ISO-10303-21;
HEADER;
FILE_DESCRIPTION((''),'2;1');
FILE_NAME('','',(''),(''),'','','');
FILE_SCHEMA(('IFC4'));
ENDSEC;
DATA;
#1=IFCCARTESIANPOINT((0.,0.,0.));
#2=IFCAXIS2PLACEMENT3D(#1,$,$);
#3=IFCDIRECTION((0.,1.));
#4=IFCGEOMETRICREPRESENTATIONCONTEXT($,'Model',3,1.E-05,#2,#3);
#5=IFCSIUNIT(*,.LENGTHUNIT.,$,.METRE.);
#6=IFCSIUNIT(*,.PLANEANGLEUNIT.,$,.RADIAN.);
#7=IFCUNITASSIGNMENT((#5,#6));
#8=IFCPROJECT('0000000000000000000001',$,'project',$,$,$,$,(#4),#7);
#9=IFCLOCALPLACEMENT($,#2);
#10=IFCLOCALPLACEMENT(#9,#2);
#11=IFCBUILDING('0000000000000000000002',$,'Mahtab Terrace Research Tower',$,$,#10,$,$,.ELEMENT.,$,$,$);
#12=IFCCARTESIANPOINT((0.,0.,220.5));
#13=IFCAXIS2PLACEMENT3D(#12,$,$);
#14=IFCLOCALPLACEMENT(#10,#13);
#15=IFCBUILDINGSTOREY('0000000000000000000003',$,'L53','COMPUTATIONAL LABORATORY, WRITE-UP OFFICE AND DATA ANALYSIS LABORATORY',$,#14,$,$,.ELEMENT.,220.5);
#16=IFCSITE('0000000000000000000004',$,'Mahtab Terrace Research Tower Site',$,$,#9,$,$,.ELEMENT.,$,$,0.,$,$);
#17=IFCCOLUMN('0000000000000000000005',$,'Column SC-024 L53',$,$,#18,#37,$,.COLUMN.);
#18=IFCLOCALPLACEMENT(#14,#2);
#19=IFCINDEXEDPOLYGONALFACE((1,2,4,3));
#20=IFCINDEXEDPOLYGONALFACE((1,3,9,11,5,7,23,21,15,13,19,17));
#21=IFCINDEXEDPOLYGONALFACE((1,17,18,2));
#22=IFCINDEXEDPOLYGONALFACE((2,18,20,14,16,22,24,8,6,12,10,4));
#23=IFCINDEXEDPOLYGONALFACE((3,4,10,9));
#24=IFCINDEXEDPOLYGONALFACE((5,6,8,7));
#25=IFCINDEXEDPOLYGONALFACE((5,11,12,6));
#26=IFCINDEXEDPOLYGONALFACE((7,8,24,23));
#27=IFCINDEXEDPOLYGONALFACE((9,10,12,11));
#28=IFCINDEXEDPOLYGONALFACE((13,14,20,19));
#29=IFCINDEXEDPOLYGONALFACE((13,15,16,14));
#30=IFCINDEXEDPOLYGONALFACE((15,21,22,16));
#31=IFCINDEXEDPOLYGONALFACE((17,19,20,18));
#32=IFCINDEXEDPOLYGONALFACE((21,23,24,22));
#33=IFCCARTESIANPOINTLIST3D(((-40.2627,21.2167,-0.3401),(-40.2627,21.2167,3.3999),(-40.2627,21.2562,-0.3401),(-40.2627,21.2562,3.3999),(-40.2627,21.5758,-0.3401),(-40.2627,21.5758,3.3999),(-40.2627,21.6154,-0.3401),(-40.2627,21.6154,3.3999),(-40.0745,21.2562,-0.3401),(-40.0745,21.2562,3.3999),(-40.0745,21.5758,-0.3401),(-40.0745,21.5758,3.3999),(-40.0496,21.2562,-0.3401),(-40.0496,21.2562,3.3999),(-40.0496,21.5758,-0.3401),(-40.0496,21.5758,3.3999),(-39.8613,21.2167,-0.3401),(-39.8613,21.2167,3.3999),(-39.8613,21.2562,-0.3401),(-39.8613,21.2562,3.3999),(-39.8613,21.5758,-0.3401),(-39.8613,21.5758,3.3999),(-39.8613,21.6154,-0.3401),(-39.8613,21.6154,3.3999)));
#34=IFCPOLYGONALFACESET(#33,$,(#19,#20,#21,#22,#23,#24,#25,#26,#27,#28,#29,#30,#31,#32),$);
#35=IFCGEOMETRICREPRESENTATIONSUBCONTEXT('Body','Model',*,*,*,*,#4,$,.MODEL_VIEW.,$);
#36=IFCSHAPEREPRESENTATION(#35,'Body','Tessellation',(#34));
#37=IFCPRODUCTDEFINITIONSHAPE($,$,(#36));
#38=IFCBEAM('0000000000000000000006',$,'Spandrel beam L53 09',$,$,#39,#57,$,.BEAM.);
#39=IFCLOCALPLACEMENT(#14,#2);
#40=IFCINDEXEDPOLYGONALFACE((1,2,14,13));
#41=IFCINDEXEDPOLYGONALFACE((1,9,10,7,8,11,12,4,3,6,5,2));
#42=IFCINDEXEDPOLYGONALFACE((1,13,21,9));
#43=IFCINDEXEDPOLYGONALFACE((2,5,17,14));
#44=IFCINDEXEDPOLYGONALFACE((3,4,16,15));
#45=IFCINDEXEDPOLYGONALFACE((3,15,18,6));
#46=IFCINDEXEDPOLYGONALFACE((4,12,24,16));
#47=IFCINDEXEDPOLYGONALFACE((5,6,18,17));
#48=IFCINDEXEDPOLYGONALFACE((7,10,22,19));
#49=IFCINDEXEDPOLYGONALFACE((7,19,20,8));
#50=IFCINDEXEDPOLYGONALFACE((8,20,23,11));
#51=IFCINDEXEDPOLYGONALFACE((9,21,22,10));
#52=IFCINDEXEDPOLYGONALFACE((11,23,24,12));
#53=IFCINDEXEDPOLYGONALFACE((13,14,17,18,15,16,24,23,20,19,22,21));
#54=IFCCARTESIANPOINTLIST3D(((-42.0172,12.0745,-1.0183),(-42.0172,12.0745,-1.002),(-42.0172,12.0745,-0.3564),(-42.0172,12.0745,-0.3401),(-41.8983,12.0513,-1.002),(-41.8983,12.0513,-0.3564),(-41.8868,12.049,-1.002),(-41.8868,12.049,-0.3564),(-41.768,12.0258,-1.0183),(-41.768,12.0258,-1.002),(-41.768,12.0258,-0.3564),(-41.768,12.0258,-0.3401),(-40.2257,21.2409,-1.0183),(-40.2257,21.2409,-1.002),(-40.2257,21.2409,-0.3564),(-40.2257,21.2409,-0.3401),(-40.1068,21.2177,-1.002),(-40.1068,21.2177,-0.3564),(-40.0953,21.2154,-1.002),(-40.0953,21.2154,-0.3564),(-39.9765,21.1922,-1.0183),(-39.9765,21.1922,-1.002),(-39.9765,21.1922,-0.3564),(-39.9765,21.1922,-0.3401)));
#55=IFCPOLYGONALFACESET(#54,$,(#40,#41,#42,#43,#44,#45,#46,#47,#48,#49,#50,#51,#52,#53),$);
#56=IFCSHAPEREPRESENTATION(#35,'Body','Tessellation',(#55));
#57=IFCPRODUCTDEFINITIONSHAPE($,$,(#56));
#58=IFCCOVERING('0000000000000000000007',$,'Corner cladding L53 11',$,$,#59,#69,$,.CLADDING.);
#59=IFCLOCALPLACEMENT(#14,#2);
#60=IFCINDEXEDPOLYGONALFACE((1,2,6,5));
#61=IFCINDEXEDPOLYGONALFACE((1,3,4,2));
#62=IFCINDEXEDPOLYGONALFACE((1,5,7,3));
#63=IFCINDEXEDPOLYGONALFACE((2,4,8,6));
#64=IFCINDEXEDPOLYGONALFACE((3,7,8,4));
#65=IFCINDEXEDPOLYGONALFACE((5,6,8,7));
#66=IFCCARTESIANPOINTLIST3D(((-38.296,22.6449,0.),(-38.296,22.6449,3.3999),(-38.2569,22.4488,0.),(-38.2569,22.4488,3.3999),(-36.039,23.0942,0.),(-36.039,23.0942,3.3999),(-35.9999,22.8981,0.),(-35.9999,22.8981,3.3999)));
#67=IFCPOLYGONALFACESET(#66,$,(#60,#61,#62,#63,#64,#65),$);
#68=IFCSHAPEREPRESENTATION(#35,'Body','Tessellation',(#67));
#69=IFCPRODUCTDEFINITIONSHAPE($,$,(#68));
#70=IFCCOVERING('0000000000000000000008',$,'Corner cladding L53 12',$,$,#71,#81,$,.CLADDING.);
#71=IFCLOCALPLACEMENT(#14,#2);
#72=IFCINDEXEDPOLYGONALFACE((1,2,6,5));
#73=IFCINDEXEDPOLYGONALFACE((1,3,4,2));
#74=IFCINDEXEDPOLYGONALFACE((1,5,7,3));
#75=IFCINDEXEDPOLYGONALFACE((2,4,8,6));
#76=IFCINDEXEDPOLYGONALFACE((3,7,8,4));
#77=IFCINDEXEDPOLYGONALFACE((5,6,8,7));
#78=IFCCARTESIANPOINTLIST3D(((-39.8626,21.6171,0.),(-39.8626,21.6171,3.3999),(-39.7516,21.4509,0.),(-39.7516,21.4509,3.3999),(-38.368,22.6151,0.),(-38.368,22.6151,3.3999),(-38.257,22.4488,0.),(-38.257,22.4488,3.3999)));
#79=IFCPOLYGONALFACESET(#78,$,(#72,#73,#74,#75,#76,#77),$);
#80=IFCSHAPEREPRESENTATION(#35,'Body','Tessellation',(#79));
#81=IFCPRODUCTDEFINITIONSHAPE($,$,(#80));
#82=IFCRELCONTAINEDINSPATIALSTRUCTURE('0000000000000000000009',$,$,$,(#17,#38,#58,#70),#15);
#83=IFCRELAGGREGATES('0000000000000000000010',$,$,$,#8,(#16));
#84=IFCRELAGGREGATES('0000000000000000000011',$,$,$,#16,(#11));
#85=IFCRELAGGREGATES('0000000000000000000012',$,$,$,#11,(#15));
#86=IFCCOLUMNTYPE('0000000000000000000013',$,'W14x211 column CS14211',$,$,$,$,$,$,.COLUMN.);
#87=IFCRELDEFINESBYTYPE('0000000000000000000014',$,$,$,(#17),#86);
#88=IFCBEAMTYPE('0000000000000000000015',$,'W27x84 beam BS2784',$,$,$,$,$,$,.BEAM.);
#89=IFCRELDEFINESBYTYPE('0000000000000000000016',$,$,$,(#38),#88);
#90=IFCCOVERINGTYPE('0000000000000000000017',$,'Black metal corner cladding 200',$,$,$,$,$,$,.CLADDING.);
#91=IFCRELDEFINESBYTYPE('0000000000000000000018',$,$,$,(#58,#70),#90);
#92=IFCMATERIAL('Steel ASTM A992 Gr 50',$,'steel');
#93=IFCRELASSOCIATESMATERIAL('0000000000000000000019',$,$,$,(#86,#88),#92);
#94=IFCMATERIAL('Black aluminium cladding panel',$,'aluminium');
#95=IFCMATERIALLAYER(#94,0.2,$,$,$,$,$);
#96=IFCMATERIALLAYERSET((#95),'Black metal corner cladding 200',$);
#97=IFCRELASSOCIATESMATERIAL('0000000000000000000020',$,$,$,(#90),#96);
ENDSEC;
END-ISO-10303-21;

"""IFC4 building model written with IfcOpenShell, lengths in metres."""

from ifc_helpers import new_model, si_unit, direction, frame, origin, origin_2d, place, context, subcontext, project, spatial, rectangle, i_section, extrude, material, layer, layer_set, material_profile, profile_set, type_object, element, save


model = new_model("IFC4")

# Units and contexts
model_context = context("Model", 3, precision=1e-05, world=origin(), true_north=direction((0.0, 1.0)))
body_context = subcontext(model_context, "Body", "Model", "MODEL_VIEW")
ifc_project = project(units=[si_unit("LENGTHUNIT", "METRE"), si_unit("PLANEANGLEUNIT", "RADIAN")], contexts=[model_context])

# Site, building, storey
site_placement = place(None, origin())
site = spatial("IfcSite", under=ifc_project, at=site_placement, Name="Mahtab Terrace Research Tower Site", CompositionType="ELEMENT", RefElevation=0.0)
building_placement = place(site_placement, origin())
building = spatial("IfcBuilding", under=site, at=building_placement, Name="Mahtab Terrace Research Tower", CompositionType="ELEMENT")
storey_placement = place(building_placement, frame((0.0, 0.0, 220.5)))
storey = spatial("IfcBuildingStorey", under=building, at=storey_placement, Name="L53", Description="COMPUTATIONAL LABORATORY, WRITE-UP OFFICE AND DATA ANALYSIS LABORATORY", CompositionType="ELEMENT", Elevation=220.5)

# Column
ifc_material_1 = material(Name="Steel ASTM A992 Gr 50", Category="steel")
ifc_material_profile_1 = material_profile(ifc_material_1, i_section(OverallWidth=0.4014, OverallDepth=0.3987, WebThickness=0.0249, FlangeThickness=0.0396, at=origin_2d()), Name="W14X211")
ifc_profile_set_1 = profile_set([ifc_material_profile_1], Name="Steel ASTM A992 Gr 50")
column_type = type_object("IfcColumnType", Name="W14x211 column CS14211", PredefinedType="COLUMN", material=ifc_profile_set_1)
column_placement = place(storey_placement, frame((-40.062, 21.416, -0.3401), z_axis=(0.0, 0.0, 1.0), x_axis=(1.0, 0.0, 0.0)))
element("IfcColumn", 1, at=column_placement, inside=storey, type_object=column_type, Name="Column SC-024 L53", PredefinedType="COLUMN", context=body_context, shape_type="SweptSolid", body=[
    extrude(i_section(OverallWidth=0.4014, OverallDepth=0.3987, WebThickness=0.0249, FlangeThickness=0.0396, at=origin_2d()), origin(), (0.0, 0.0, 1.0), 3.74),
])

# Beam
ifc_material_profile_2 = material_profile(ifc_material_1, i_section(OverallWidth=0.2539, OverallDepth=0.6782, WebThickness=0.0117, FlangeThickness=0.0164, at=origin_2d()), Name="W27X84")
ifc_profile_set_2 = profile_set([ifc_material_profile_2], Name="Steel ASTM A992 Gr 50")
beam_type = type_object("IfcBeamType", Name="W27x84 beam BS2784", PredefinedType="BEAM", material=ifc_profile_set_2)
beam_placement = place(storey_placement, frame((-40.1011, 21.2166, -0.6792), z_axis=(-0.191811, -0.981432, 0.0), x_axis=(0.981432, -0.191811, 0.0)))
element("IfcBeam", 2, at=beam_placement, inside=storey, type_object=beam_type, Name="Spandrel beam L53 09", PredefinedType="BEAM", context=body_context, shape_type="SweptSolid", body=[
    extrude(i_section(OverallWidth=0.2539, OverallDepth=0.6782, WebThickness=0.0117, FlangeThickness=0.0164, at=origin_2d()), origin(), (0.0, 0.0, 1.0), 9.3398),
])

# Coverings
ifc_material_2 = material(Name="Black aluminium cladding panel", Category="aluminium")
ifc_layer = layer(ifc_material_2, 0.2)
ifc_layer_set = layer_set([ifc_layer], Name="Black metal corner cladding 200")
covering_type = type_object("IfcCoveringType", Name="Black metal corner cladding 200", PredefinedType="CLADDING", material=ifc_layer_set)
covering_1_placement = place(storey_placement, frame((-37.1479, 22.7715, 0.0), z_axis=(0.0, 0.0, 1.0), x_axis=(-0.980761, -0.195212, 0.0)))
element("IfcCovering", 3, at=covering_1_placement, inside=storey, type_object=covering_type, Name="Corner cladding L53 11", PredefinedType="CLADDING", context=body_context, shape_type="SweptSolid", body=[
    extrude(rectangle(XDim=2.3013, YDim=0.2, at=origin_2d()), origin(), (0.0, 0.0, 1.0), 3.3999),
])
covering_2_placement = place(storey_placement, frame((-39.0598, 22.033, 0.0), z_axis=(0.0, 0.0, 1.0), x_axis=(-0.831656, -0.555291, 0.0)))
element("IfcCovering", 4, at=covering_2_placement, inside=storey, type_object=covering_type, Name="Corner cladding L53 12", PredefinedType="CLADDING", context=body_context, shape_type="SweptSolid", body=[
    extrude(rectangle(XDim=1.7971, YDim=0.2, at=origin_2d()), origin(), (0.0, 0.0, 1.0), 3.3999),
])

save(model, "model.ifc")
